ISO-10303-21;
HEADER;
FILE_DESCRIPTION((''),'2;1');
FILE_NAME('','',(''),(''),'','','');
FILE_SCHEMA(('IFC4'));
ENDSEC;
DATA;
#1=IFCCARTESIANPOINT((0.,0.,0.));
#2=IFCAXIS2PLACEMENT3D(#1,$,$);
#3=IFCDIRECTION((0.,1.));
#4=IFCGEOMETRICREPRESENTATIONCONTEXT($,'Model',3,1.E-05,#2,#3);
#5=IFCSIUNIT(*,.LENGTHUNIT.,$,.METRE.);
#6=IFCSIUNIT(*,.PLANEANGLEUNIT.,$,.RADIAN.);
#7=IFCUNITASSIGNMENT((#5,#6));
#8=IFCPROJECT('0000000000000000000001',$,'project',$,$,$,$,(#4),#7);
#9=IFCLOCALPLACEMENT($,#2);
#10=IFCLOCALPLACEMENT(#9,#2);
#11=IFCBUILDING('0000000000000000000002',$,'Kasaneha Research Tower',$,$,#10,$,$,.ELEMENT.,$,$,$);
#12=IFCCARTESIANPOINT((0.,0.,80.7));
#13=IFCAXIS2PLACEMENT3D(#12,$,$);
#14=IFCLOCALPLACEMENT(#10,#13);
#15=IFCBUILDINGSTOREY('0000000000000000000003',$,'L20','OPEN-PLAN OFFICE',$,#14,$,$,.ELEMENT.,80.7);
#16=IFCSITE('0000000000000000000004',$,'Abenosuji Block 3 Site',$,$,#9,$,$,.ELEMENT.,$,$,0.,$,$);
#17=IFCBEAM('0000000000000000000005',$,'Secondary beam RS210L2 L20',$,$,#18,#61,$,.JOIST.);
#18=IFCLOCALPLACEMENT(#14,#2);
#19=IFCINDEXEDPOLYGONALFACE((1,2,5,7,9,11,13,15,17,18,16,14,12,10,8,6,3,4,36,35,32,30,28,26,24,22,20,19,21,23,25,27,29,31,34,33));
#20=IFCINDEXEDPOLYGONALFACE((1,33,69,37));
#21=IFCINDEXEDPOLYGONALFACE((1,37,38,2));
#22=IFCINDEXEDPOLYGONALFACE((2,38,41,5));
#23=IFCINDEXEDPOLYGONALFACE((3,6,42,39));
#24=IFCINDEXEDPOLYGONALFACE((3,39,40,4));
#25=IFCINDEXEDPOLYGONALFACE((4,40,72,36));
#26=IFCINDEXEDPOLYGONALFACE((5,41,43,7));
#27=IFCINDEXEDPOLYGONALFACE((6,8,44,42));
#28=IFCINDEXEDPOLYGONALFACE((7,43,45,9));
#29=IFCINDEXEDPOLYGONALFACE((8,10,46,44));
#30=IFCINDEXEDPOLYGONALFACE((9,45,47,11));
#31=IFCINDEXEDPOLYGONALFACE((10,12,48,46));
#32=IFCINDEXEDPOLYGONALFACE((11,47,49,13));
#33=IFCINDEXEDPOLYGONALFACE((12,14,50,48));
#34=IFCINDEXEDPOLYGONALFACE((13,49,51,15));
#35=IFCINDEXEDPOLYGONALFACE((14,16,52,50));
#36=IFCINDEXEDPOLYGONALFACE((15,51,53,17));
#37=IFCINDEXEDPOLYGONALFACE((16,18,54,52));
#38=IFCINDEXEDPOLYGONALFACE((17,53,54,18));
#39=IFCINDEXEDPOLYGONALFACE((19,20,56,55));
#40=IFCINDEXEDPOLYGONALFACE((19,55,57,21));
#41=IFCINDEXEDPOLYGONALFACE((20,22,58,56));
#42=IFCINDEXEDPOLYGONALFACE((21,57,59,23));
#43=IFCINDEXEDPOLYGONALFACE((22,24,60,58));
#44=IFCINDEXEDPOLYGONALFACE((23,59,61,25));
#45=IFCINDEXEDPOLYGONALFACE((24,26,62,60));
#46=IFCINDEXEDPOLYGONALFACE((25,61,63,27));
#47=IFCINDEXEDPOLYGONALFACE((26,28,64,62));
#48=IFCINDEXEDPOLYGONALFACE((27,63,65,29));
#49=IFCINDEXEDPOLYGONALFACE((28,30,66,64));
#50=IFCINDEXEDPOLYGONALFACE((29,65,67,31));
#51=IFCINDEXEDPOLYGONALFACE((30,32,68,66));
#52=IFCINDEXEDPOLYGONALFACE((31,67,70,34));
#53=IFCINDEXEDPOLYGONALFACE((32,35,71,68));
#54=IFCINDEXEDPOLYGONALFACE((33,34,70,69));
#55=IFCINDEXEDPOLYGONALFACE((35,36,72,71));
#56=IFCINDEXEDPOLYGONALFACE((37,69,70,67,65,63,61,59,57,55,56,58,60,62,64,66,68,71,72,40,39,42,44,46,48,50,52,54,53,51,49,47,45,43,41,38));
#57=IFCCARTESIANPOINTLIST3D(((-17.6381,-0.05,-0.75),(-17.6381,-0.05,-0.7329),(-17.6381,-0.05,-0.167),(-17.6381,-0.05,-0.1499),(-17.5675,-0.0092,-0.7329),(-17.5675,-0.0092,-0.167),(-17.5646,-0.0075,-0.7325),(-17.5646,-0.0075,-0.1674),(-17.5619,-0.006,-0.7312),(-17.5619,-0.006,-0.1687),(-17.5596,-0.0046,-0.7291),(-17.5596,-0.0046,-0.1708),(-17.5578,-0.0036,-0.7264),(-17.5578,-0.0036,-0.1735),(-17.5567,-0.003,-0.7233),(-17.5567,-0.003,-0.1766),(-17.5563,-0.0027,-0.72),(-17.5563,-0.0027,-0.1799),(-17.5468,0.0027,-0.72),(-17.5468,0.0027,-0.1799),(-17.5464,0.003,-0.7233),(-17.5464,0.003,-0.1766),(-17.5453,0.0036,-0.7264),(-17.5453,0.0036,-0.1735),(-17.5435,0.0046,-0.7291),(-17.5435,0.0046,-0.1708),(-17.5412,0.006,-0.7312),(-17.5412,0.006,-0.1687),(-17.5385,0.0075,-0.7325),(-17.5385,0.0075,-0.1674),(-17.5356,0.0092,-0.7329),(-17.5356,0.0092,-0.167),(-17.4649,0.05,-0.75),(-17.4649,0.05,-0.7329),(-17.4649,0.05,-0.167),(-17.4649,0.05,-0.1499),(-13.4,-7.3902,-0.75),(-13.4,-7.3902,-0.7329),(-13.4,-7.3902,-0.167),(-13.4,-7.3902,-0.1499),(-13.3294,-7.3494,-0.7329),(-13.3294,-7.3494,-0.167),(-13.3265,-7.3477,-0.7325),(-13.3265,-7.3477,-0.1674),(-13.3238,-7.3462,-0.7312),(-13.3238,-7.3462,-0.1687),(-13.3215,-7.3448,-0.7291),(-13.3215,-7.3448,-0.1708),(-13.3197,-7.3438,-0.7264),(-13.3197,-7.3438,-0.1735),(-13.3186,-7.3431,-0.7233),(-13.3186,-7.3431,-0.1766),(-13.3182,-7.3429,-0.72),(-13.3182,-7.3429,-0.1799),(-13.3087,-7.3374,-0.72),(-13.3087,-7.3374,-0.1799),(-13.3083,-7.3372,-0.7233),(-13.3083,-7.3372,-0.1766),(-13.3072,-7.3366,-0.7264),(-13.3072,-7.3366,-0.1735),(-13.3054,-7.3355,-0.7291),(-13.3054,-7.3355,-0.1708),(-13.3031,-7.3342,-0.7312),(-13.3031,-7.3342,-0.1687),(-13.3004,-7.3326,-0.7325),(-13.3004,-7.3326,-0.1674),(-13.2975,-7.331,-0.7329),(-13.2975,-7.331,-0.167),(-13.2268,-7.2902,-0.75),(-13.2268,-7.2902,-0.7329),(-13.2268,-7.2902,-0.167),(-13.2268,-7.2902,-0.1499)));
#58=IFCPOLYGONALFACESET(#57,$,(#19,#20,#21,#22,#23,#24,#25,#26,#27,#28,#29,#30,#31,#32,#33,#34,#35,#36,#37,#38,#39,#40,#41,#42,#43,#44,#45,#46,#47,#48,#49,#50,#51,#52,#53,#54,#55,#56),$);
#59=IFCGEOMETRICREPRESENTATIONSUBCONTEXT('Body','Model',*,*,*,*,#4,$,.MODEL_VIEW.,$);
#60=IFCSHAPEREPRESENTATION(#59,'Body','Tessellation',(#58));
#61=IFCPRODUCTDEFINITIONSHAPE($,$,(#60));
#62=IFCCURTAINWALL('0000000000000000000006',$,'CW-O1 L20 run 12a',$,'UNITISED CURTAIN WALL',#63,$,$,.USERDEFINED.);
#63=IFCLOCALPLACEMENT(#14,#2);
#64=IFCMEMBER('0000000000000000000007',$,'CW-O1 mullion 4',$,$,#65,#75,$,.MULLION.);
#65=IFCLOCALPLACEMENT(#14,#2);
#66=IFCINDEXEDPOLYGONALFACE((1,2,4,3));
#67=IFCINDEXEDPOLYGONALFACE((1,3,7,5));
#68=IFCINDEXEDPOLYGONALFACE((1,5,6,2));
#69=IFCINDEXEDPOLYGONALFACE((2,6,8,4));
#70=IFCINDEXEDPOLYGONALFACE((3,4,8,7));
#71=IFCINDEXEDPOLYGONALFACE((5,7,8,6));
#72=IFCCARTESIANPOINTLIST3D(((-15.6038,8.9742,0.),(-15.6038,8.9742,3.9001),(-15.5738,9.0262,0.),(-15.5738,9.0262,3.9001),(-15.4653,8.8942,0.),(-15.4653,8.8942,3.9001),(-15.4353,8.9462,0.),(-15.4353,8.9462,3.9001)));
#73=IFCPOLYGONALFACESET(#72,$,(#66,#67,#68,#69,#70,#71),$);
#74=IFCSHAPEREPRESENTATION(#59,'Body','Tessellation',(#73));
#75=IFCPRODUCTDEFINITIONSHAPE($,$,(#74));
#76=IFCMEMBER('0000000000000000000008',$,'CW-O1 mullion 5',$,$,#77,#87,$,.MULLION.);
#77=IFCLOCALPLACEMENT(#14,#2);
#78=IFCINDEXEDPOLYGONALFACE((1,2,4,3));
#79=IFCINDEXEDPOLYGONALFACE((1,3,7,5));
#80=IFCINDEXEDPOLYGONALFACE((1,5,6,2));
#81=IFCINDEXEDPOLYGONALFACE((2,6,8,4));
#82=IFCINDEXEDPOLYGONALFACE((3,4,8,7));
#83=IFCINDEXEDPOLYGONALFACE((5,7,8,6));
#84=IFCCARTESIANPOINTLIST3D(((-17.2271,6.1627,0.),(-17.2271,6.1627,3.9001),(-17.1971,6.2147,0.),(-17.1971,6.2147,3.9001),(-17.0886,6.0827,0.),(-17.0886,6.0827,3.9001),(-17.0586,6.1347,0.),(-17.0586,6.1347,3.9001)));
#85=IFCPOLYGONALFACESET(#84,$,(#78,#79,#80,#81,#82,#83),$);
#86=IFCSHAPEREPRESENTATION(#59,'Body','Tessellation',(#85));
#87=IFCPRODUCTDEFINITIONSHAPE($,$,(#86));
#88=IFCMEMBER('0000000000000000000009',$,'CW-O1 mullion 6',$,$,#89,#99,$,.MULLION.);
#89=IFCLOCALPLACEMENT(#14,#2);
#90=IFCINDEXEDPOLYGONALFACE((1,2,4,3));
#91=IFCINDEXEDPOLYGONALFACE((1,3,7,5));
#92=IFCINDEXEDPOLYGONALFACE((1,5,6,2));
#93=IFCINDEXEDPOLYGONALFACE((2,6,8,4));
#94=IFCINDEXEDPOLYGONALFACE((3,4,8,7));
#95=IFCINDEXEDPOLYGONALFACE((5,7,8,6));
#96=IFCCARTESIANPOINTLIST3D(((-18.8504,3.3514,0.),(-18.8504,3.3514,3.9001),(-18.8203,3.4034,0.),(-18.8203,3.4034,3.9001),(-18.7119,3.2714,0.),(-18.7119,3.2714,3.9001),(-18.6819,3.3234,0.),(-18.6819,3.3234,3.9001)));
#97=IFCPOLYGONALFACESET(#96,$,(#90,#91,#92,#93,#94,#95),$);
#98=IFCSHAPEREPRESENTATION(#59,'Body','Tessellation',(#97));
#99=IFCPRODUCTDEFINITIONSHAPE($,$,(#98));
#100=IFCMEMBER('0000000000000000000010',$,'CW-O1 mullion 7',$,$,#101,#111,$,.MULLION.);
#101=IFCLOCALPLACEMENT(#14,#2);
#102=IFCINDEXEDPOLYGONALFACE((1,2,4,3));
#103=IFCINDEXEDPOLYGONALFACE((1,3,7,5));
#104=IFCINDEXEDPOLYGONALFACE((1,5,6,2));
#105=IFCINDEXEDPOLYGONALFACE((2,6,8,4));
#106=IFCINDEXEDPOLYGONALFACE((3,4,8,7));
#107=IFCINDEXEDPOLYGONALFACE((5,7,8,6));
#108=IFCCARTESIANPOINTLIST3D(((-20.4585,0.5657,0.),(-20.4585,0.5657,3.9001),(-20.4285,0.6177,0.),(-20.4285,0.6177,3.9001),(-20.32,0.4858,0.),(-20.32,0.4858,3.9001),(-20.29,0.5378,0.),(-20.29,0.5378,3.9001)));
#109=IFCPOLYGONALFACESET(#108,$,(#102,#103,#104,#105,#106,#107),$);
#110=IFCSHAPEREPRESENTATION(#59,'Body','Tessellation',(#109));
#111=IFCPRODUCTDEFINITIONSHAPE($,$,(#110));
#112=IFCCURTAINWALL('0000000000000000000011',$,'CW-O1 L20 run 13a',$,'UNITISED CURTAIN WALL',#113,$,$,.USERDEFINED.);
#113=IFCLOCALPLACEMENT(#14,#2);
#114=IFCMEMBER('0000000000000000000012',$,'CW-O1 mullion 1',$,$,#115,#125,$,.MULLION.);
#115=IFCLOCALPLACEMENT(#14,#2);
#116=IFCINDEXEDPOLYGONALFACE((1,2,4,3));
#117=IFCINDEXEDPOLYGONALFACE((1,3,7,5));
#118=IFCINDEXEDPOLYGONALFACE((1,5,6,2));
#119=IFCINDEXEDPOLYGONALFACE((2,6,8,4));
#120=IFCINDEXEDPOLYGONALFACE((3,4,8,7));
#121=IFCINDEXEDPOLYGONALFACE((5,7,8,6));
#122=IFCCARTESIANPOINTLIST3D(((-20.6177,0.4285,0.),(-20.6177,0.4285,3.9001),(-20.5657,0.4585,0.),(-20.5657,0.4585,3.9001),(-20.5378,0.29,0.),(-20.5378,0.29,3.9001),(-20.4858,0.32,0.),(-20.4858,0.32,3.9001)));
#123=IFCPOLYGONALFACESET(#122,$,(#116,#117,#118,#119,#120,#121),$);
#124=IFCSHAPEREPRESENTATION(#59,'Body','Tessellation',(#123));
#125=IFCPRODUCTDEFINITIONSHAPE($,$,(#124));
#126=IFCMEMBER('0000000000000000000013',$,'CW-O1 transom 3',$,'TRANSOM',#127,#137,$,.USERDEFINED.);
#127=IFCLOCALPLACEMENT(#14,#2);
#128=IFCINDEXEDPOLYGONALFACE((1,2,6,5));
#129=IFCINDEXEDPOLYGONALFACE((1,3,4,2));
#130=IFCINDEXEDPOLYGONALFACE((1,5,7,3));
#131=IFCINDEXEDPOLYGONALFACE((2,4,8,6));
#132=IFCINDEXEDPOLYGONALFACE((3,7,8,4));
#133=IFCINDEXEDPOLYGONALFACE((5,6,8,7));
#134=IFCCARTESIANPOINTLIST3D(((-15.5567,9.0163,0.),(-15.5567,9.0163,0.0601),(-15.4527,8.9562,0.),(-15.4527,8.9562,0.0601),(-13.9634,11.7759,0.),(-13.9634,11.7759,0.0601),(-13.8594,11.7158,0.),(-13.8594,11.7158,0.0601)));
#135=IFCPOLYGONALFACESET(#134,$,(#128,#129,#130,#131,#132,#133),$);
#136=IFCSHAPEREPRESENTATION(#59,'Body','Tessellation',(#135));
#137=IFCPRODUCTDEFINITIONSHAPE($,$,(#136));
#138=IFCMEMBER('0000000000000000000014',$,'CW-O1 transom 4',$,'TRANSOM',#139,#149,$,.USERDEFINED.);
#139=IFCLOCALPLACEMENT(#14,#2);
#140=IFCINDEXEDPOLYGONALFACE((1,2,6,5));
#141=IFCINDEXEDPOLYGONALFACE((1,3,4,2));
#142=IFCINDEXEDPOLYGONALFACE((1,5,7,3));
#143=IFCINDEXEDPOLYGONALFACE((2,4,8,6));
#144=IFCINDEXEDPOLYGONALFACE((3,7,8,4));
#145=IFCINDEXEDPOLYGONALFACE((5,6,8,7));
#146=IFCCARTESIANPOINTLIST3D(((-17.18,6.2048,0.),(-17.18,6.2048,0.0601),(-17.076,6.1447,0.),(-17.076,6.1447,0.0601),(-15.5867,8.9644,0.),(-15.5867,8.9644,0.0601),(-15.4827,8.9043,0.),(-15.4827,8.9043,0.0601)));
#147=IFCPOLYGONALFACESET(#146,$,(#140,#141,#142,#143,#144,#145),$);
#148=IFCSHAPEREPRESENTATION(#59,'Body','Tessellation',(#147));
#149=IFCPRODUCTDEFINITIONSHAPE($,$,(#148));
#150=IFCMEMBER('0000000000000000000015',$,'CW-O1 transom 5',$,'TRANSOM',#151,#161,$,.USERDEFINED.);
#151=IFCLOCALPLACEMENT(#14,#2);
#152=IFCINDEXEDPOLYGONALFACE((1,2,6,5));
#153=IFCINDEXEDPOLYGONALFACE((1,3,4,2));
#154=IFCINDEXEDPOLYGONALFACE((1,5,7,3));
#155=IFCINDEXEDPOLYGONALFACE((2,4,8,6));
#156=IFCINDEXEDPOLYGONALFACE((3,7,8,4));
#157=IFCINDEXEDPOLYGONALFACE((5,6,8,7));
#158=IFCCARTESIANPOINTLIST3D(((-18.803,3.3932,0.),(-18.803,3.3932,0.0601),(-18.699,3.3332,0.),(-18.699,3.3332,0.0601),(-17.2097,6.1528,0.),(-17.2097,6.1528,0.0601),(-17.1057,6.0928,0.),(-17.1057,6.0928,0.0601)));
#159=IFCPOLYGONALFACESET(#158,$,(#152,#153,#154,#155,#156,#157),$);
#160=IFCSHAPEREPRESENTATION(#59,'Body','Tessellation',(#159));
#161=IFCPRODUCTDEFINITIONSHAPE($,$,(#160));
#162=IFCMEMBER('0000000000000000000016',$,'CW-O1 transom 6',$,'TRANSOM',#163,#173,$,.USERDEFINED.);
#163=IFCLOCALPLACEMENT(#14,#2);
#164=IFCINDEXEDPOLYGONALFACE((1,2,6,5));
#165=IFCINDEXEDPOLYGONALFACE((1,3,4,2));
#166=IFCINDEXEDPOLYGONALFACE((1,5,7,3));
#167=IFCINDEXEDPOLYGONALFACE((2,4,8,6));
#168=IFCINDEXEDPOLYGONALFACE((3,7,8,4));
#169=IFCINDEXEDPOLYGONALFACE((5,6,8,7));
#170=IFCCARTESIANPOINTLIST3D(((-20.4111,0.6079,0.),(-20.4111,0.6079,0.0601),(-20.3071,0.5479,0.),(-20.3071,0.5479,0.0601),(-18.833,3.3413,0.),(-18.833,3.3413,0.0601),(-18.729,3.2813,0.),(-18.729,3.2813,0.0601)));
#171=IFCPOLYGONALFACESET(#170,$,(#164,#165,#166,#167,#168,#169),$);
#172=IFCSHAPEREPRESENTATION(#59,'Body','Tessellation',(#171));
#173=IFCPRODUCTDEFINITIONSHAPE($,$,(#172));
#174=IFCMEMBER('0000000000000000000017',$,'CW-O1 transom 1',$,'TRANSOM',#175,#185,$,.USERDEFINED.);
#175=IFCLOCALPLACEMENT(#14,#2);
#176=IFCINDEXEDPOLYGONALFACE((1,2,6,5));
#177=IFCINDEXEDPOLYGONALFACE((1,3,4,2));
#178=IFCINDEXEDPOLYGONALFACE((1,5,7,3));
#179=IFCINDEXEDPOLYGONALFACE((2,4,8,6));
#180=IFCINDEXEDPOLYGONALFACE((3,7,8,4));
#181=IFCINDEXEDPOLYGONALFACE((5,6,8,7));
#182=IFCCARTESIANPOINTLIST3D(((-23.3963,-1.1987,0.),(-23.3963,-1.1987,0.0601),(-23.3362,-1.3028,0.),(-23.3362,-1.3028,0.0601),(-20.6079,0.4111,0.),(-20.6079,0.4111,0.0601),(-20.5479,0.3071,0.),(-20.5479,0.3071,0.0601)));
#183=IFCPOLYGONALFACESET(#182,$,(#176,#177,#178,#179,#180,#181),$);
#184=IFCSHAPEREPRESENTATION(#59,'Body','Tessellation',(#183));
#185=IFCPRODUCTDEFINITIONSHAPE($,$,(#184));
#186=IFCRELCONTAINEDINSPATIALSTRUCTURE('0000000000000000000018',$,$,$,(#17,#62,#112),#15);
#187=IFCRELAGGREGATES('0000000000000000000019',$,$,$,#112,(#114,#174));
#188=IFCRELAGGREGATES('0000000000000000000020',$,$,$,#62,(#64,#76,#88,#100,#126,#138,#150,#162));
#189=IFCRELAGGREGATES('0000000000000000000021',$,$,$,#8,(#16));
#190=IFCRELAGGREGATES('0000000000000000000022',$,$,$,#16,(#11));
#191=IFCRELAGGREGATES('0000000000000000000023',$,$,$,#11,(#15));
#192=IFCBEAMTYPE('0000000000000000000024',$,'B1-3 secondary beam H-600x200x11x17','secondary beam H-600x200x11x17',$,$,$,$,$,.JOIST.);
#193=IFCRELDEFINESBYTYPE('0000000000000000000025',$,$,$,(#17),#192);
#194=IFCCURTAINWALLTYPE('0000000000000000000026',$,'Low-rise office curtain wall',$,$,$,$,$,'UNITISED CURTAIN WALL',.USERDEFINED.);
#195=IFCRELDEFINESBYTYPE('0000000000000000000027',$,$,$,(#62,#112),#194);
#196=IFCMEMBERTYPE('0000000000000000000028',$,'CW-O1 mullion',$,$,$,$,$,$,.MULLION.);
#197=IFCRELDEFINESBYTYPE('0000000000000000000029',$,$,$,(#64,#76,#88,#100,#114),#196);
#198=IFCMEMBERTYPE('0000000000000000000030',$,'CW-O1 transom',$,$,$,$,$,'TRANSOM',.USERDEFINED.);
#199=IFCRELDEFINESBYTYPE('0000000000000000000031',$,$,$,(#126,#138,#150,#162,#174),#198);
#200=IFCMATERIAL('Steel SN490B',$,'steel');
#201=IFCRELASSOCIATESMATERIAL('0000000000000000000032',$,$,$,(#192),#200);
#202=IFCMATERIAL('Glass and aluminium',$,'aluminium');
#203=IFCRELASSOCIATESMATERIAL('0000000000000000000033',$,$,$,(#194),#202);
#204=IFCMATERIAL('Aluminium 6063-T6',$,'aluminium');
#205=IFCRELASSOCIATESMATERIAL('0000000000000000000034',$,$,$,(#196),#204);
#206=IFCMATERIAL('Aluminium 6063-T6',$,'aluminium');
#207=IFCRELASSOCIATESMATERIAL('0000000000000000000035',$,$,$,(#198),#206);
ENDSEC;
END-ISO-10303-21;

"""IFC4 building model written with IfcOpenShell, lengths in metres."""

from ifc_helpers import new_model, si_unit, direction, frame, origin, origin_2d, place, context, subcontext, project, spatial, rectangle, i_section, extrude, material, material_profile, profile_set, type_object, element, aggregate, save


model = new_model("IFC4")

# Units and contexts
model_context = context("Model", 3, precision=1e-05, world=origin(), true_north=direction((0.0, 1.0)))
body_context = subcontext(model_context, "Body", "Model", "MODEL_VIEW")
ifc_project = project(units=[si_unit("LENGTHUNIT", "METRE"), si_unit("PLANEANGLEUNIT", "RADIAN")], contexts=[model_context])

# Site, building, storey
site_placement = place(None, origin())
site = spatial("IfcSite", under=ifc_project, at=site_placement, Name="Abenosuji Block 3 Site", CompositionType="ELEMENT", RefElevation=0.0)
building_placement = place(site_placement, origin())
building = spatial("IfcBuilding", under=site, at=building_placement, Name="Kasaneha Research Tower", CompositionType="ELEMENT")
storey_placement = place(building_placement, frame((0.0, 0.0, 80.7)))
storey = spatial("IfcBuildingStorey", under=building, at=storey_placement, Name="L20", Description="OPEN-PLAN OFFICE", CompositionType="ELEMENT", Elevation=80.7)

# Beam
ifc_material_1 = material(Name="Steel SN490B", Category="steel")
ifc_material_profile_1 = material_profile(ifc_material_1, i_section(OverallWidth=0.2, OverallDepth=0.6001, WebThickness=0.011, FlangeThickness=0.0171, FilletRadius=0.0129, at=origin_2d()), Name="H-600x200x11x17")
ifc_profile_set_1 = profile_set([ifc_material_profile_1], Name="Steel SN490B")
beam_type_1 = type_object("IfcBeamType", Name="B1-3 secondary beam H-600x200x11x17", Description="secondary beam H-600x200x11x17", PredefinedType="JOIST", material=ifc_profile_set_1)
beam_1_placement = place(storey_placement, frame((-17.5515, 0.0, -0.45), z_axis=(0.500021, -0.866013, 0.0), x_axis=(0.866013, 0.500021, 0.0)))
element("IfcBeam", 1, at=beam_1_placement, inside=storey, type_object=beam_type_1, Name="Secondary beam RS210L2 L20", PredefinedType="JOIST", context=body_context, shape_type="SweptSolid", body=[
    extrude(i_section(OverallWidth=0.2, OverallDepth=0.6001, WebThickness=0.011, FlangeThickness=0.0171, FilletRadius=0.0129, at=origin_2d()), origin(), (0.0, 0.0, 1.0), 8.4758),
])

# Curtain wall, members
ifc_material_2 = material(Name="Glass and aluminium", Category="aluminium")
curtain_wall_type = type_object("IfcCurtainWallType", Name="Low-rise office curtain wall", ElementType="UNITISED CURTAIN WALL", PredefinedType="USERDEFINED", material=ifc_material_2)
curtain_wall_1_placement = place(storey_placement, origin())
curtain_wall_1 = element("IfcCurtainWall", 2, at=curtain_wall_1_placement, inside=storey, type_object=curtain_wall_type, Name="CW-O1 L20 run 12a", ObjectType="UNITISED CURTAIN WALL", PredefinedType="USERDEFINED")
ifc_material_3 = material(Name="Aluminium 6063-T6", Category="aluminium")
ifc_material_profile_2 = material_profile(ifc_material_3, rectangle(XDim=0.0601, YDim=0.1599, at=origin_2d()), Name="CW-O1 mullion 60x160")
ifc_profile_set_2 = profile_set([ifc_material_profile_2], Name="Aluminium 6063-T6")
member_type_1 = type_object("IfcMemberType", Name="CW-O1 mullion", PredefinedType="MULLION", material=ifc_profile_set_2)
member_1_placement = place(storey_placement, frame((-15.5195, 8.9602, 0.0), z_axis=(0.0, 0.0, 1.0), x_axis=(-0.5, -0.866025, 0.0)))
member_1 = element("IfcMember", 3, at=member_1_placement, type_object=member_type_1, Name="CW-O1 mullion 4", PredefinedType="MULLION", context=body_context, shape_type="SweptSolid", body=[
    extrude(rectangle(XDim=0.0601, YDim=0.1599, at=origin_2d()), origin(), (0.0, 0.0, 1.0), 3.9001),
])
member_2_placement = place(storey_placement, frame((-17.1428, 6.1487, 0.0), z_axis=(0.0, 0.0, 1.0), x_axis=(-0.5, -0.866025, 0.0)))
member_2 = element("IfcMember", 4, at=member_2_placement, type_object=member_type_1, Name="CW-O1 mullion 5", PredefinedType="MULLION", context=body_context, shape_type="SweptSolid", body=[
    extrude(rectangle(XDim=0.0601, YDim=0.1599, at=origin_2d()), origin(), (0.0, 0.0, 1.0), 3.9001),
])
member_3_placement = place(storey_placement, frame((-18.7661, 3.3374, 0.0), z_axis=(0.0, 0.0, 1.0), x_axis=(-0.5, -0.866025, 0.0)))
member_3 = element("IfcMember", 5, at=member_3_placement, type_object=member_type_1, Name="CW-O1 mullion 6", PredefinedType="MULLION", context=body_context, shape_type="SweptSolid", body=[
    extrude(rectangle(XDim=0.0601, YDim=0.1599, at=origin_2d()), origin(), (0.0, 0.0, 1.0), 3.9001),
])
member_4_placement = place(storey_placement, frame((-20.3743, 0.5518, 0.0), z_axis=(0.0, 0.0, 1.0), x_axis=(-0.5, -0.866025, 0.0)))
member_4 = element("IfcMember", 6, at=member_4_placement, type_object=member_type_1, Name="CW-O1 mullion 7", PredefinedType="MULLION", context=body_context, shape_type="SweptSolid", body=[
    extrude(rectangle(XDim=0.0601, YDim=0.1599, at=origin_2d()), origin(), (0.0, 0.0, 1.0), 3.9001),
])

# Curtain wall, member
curtain_wall_2_placement = place(storey_placement, origin())
curtain_wall_2 = element("IfcCurtainWall", 7, at=curtain_wall_2_placement, inside=storey, type_object=curtain_wall_type, Name="CW-O1 L20 run 13a", ObjectType="UNITISED CURTAIN WALL", PredefinedType="USERDEFINED")
member_5_placement = place(storey_placement, frame((-20.5518, 0.3743, 0.0), z_axis=(0.0, 0.0, 1.0), x_axis=(-0.866025, -0.5, 0.0)))
member_5 = element("IfcMember", 8, at=member_5_placement, type_object=member_type_1, Name="CW-O1 mullion 1", PredefinedType="MULLION", context=body_context, shape_type="SweptSolid", body=[
    extrude(rectangle(XDim=0.0601, YDim=0.1599, at=origin_2d()), origin(), (0.0, 0.0, 1.0), 3.9001),
])

# Members
ifc_material_4 = material(Name="Aluminium 6063-T6", Category="aluminium")
ifc_material_profile_3 = material_profile(ifc_material_4, rectangle(XDim=0.1201, YDim=0.0601, at=origin_2d()), Name="CW-O1 transom 120x60")
ifc_profile_set_3 = profile_set([ifc_material_profile_3], Name="Aluminium 6063-T6")
member_type_2 = type_object("IfcMemberType", Name="CW-O1 transom", ElementType="TRANSOM", PredefinedType="USERDEFINED", material=ifc_profile_set_3)
member_6_placement = place(storey_placement, frame((-13.9114, 11.7458, 0.03), z_axis=(-0.500012, -0.866018, 0.0), x_axis=(0.866018, -0.500012, 0.0)))
member_6 = element("IfcMember", 9, at=member_6_placement, type_object=member_type_2, Name="CW-O1 transom 3", ObjectType="TRANSOM", PredefinedType="USERDEFINED", context=body_context, shape_type="SweptSolid", body=[
    extrude(rectangle(XDim=0.1201, YDim=0.0601, at=origin_2d()), origin(), (0.0, 0.0, 1.0), 3.1865),
])
member_7_placement = place(storey_placement, frame((-15.5347, 8.9343, 0.03), z_axis=(-0.500012, -0.866018, 0.0), x_axis=(0.866018, -0.500012, 0.0)))
member_7 = element("IfcMember", 10, at=member_7_placement, type_object=member_type_2, Name="CW-O1 transom 4", ObjectType="TRANSOM", PredefinedType="USERDEFINED", context=body_context, shape_type="SweptSolid", body=[
    extrude(rectangle(XDim=0.1201, YDim=0.0601, at=origin_2d()), origin(), (0.0, 0.0, 1.0), 3.1865),
])
member_8_placement = place(storey_placement, frame((-17.1577, 6.1228, 0.03), z_axis=(-0.500012, -0.866018, 0.0), x_axis=(0.866018, -0.500012, 0.0)))
member_8 = element("IfcMember", 11, at=member_8_placement, type_object=member_type_2, Name="CW-O1 transom 5", ObjectType="TRANSOM", PredefinedType="USERDEFINED", context=body_context, shape_type="SweptSolid", body=[
    extrude(rectangle(XDim=0.1201, YDim=0.0601, at=origin_2d()), origin(), (0.0, 0.0, 1.0), 3.1865),
])
member_9_placement = place(storey_placement, frame((-18.781, 3.3113, 0.03), z_axis=(-0.499999, -0.866026, 0.0), x_axis=(0.866026, -0.499999, 0.0)))
member_9 = element("IfcMember", 12, at=member_9_placement, type_object=member_type_2, Name="CW-O1 transom 6", ObjectType="TRANSOM", PredefinedType="USERDEFINED", context=body_context, shape_type="SweptSolid", body=[
    extrude(rectangle(XDim=0.1201, YDim=0.0601, at=origin_2d()), origin(), (0.0, 0.0, 1.0), 3.1562),
])
member_10_placement = place(storey_placement, frame((-20.5779, 0.3591, 0.03), z_axis=(-0.866023, -0.500005, 0.0), x_axis=(0.500005, -0.866023, 0.0)))
member_10 = element("IfcMember", 13, at=member_10_placement, type_object=member_type_2, Name="CW-O1 transom 1", ObjectType="TRANSOM", PredefinedType="USERDEFINED", context=body_context, shape_type="SweptSolid", body=[
    extrude(rectangle(XDim=0.1201, YDim=0.0601, at=origin_2d()), origin(), (0.0, 0.0, 1.0), 3.2197),
])
aggregate(curtain_wall_2, [member_5, member_10])

aggregate(curtain_wall_1, [member_1, member_2, member_3, member_4, member_6, member_7, member_8, member_9])

save(model, "model.ifc")
